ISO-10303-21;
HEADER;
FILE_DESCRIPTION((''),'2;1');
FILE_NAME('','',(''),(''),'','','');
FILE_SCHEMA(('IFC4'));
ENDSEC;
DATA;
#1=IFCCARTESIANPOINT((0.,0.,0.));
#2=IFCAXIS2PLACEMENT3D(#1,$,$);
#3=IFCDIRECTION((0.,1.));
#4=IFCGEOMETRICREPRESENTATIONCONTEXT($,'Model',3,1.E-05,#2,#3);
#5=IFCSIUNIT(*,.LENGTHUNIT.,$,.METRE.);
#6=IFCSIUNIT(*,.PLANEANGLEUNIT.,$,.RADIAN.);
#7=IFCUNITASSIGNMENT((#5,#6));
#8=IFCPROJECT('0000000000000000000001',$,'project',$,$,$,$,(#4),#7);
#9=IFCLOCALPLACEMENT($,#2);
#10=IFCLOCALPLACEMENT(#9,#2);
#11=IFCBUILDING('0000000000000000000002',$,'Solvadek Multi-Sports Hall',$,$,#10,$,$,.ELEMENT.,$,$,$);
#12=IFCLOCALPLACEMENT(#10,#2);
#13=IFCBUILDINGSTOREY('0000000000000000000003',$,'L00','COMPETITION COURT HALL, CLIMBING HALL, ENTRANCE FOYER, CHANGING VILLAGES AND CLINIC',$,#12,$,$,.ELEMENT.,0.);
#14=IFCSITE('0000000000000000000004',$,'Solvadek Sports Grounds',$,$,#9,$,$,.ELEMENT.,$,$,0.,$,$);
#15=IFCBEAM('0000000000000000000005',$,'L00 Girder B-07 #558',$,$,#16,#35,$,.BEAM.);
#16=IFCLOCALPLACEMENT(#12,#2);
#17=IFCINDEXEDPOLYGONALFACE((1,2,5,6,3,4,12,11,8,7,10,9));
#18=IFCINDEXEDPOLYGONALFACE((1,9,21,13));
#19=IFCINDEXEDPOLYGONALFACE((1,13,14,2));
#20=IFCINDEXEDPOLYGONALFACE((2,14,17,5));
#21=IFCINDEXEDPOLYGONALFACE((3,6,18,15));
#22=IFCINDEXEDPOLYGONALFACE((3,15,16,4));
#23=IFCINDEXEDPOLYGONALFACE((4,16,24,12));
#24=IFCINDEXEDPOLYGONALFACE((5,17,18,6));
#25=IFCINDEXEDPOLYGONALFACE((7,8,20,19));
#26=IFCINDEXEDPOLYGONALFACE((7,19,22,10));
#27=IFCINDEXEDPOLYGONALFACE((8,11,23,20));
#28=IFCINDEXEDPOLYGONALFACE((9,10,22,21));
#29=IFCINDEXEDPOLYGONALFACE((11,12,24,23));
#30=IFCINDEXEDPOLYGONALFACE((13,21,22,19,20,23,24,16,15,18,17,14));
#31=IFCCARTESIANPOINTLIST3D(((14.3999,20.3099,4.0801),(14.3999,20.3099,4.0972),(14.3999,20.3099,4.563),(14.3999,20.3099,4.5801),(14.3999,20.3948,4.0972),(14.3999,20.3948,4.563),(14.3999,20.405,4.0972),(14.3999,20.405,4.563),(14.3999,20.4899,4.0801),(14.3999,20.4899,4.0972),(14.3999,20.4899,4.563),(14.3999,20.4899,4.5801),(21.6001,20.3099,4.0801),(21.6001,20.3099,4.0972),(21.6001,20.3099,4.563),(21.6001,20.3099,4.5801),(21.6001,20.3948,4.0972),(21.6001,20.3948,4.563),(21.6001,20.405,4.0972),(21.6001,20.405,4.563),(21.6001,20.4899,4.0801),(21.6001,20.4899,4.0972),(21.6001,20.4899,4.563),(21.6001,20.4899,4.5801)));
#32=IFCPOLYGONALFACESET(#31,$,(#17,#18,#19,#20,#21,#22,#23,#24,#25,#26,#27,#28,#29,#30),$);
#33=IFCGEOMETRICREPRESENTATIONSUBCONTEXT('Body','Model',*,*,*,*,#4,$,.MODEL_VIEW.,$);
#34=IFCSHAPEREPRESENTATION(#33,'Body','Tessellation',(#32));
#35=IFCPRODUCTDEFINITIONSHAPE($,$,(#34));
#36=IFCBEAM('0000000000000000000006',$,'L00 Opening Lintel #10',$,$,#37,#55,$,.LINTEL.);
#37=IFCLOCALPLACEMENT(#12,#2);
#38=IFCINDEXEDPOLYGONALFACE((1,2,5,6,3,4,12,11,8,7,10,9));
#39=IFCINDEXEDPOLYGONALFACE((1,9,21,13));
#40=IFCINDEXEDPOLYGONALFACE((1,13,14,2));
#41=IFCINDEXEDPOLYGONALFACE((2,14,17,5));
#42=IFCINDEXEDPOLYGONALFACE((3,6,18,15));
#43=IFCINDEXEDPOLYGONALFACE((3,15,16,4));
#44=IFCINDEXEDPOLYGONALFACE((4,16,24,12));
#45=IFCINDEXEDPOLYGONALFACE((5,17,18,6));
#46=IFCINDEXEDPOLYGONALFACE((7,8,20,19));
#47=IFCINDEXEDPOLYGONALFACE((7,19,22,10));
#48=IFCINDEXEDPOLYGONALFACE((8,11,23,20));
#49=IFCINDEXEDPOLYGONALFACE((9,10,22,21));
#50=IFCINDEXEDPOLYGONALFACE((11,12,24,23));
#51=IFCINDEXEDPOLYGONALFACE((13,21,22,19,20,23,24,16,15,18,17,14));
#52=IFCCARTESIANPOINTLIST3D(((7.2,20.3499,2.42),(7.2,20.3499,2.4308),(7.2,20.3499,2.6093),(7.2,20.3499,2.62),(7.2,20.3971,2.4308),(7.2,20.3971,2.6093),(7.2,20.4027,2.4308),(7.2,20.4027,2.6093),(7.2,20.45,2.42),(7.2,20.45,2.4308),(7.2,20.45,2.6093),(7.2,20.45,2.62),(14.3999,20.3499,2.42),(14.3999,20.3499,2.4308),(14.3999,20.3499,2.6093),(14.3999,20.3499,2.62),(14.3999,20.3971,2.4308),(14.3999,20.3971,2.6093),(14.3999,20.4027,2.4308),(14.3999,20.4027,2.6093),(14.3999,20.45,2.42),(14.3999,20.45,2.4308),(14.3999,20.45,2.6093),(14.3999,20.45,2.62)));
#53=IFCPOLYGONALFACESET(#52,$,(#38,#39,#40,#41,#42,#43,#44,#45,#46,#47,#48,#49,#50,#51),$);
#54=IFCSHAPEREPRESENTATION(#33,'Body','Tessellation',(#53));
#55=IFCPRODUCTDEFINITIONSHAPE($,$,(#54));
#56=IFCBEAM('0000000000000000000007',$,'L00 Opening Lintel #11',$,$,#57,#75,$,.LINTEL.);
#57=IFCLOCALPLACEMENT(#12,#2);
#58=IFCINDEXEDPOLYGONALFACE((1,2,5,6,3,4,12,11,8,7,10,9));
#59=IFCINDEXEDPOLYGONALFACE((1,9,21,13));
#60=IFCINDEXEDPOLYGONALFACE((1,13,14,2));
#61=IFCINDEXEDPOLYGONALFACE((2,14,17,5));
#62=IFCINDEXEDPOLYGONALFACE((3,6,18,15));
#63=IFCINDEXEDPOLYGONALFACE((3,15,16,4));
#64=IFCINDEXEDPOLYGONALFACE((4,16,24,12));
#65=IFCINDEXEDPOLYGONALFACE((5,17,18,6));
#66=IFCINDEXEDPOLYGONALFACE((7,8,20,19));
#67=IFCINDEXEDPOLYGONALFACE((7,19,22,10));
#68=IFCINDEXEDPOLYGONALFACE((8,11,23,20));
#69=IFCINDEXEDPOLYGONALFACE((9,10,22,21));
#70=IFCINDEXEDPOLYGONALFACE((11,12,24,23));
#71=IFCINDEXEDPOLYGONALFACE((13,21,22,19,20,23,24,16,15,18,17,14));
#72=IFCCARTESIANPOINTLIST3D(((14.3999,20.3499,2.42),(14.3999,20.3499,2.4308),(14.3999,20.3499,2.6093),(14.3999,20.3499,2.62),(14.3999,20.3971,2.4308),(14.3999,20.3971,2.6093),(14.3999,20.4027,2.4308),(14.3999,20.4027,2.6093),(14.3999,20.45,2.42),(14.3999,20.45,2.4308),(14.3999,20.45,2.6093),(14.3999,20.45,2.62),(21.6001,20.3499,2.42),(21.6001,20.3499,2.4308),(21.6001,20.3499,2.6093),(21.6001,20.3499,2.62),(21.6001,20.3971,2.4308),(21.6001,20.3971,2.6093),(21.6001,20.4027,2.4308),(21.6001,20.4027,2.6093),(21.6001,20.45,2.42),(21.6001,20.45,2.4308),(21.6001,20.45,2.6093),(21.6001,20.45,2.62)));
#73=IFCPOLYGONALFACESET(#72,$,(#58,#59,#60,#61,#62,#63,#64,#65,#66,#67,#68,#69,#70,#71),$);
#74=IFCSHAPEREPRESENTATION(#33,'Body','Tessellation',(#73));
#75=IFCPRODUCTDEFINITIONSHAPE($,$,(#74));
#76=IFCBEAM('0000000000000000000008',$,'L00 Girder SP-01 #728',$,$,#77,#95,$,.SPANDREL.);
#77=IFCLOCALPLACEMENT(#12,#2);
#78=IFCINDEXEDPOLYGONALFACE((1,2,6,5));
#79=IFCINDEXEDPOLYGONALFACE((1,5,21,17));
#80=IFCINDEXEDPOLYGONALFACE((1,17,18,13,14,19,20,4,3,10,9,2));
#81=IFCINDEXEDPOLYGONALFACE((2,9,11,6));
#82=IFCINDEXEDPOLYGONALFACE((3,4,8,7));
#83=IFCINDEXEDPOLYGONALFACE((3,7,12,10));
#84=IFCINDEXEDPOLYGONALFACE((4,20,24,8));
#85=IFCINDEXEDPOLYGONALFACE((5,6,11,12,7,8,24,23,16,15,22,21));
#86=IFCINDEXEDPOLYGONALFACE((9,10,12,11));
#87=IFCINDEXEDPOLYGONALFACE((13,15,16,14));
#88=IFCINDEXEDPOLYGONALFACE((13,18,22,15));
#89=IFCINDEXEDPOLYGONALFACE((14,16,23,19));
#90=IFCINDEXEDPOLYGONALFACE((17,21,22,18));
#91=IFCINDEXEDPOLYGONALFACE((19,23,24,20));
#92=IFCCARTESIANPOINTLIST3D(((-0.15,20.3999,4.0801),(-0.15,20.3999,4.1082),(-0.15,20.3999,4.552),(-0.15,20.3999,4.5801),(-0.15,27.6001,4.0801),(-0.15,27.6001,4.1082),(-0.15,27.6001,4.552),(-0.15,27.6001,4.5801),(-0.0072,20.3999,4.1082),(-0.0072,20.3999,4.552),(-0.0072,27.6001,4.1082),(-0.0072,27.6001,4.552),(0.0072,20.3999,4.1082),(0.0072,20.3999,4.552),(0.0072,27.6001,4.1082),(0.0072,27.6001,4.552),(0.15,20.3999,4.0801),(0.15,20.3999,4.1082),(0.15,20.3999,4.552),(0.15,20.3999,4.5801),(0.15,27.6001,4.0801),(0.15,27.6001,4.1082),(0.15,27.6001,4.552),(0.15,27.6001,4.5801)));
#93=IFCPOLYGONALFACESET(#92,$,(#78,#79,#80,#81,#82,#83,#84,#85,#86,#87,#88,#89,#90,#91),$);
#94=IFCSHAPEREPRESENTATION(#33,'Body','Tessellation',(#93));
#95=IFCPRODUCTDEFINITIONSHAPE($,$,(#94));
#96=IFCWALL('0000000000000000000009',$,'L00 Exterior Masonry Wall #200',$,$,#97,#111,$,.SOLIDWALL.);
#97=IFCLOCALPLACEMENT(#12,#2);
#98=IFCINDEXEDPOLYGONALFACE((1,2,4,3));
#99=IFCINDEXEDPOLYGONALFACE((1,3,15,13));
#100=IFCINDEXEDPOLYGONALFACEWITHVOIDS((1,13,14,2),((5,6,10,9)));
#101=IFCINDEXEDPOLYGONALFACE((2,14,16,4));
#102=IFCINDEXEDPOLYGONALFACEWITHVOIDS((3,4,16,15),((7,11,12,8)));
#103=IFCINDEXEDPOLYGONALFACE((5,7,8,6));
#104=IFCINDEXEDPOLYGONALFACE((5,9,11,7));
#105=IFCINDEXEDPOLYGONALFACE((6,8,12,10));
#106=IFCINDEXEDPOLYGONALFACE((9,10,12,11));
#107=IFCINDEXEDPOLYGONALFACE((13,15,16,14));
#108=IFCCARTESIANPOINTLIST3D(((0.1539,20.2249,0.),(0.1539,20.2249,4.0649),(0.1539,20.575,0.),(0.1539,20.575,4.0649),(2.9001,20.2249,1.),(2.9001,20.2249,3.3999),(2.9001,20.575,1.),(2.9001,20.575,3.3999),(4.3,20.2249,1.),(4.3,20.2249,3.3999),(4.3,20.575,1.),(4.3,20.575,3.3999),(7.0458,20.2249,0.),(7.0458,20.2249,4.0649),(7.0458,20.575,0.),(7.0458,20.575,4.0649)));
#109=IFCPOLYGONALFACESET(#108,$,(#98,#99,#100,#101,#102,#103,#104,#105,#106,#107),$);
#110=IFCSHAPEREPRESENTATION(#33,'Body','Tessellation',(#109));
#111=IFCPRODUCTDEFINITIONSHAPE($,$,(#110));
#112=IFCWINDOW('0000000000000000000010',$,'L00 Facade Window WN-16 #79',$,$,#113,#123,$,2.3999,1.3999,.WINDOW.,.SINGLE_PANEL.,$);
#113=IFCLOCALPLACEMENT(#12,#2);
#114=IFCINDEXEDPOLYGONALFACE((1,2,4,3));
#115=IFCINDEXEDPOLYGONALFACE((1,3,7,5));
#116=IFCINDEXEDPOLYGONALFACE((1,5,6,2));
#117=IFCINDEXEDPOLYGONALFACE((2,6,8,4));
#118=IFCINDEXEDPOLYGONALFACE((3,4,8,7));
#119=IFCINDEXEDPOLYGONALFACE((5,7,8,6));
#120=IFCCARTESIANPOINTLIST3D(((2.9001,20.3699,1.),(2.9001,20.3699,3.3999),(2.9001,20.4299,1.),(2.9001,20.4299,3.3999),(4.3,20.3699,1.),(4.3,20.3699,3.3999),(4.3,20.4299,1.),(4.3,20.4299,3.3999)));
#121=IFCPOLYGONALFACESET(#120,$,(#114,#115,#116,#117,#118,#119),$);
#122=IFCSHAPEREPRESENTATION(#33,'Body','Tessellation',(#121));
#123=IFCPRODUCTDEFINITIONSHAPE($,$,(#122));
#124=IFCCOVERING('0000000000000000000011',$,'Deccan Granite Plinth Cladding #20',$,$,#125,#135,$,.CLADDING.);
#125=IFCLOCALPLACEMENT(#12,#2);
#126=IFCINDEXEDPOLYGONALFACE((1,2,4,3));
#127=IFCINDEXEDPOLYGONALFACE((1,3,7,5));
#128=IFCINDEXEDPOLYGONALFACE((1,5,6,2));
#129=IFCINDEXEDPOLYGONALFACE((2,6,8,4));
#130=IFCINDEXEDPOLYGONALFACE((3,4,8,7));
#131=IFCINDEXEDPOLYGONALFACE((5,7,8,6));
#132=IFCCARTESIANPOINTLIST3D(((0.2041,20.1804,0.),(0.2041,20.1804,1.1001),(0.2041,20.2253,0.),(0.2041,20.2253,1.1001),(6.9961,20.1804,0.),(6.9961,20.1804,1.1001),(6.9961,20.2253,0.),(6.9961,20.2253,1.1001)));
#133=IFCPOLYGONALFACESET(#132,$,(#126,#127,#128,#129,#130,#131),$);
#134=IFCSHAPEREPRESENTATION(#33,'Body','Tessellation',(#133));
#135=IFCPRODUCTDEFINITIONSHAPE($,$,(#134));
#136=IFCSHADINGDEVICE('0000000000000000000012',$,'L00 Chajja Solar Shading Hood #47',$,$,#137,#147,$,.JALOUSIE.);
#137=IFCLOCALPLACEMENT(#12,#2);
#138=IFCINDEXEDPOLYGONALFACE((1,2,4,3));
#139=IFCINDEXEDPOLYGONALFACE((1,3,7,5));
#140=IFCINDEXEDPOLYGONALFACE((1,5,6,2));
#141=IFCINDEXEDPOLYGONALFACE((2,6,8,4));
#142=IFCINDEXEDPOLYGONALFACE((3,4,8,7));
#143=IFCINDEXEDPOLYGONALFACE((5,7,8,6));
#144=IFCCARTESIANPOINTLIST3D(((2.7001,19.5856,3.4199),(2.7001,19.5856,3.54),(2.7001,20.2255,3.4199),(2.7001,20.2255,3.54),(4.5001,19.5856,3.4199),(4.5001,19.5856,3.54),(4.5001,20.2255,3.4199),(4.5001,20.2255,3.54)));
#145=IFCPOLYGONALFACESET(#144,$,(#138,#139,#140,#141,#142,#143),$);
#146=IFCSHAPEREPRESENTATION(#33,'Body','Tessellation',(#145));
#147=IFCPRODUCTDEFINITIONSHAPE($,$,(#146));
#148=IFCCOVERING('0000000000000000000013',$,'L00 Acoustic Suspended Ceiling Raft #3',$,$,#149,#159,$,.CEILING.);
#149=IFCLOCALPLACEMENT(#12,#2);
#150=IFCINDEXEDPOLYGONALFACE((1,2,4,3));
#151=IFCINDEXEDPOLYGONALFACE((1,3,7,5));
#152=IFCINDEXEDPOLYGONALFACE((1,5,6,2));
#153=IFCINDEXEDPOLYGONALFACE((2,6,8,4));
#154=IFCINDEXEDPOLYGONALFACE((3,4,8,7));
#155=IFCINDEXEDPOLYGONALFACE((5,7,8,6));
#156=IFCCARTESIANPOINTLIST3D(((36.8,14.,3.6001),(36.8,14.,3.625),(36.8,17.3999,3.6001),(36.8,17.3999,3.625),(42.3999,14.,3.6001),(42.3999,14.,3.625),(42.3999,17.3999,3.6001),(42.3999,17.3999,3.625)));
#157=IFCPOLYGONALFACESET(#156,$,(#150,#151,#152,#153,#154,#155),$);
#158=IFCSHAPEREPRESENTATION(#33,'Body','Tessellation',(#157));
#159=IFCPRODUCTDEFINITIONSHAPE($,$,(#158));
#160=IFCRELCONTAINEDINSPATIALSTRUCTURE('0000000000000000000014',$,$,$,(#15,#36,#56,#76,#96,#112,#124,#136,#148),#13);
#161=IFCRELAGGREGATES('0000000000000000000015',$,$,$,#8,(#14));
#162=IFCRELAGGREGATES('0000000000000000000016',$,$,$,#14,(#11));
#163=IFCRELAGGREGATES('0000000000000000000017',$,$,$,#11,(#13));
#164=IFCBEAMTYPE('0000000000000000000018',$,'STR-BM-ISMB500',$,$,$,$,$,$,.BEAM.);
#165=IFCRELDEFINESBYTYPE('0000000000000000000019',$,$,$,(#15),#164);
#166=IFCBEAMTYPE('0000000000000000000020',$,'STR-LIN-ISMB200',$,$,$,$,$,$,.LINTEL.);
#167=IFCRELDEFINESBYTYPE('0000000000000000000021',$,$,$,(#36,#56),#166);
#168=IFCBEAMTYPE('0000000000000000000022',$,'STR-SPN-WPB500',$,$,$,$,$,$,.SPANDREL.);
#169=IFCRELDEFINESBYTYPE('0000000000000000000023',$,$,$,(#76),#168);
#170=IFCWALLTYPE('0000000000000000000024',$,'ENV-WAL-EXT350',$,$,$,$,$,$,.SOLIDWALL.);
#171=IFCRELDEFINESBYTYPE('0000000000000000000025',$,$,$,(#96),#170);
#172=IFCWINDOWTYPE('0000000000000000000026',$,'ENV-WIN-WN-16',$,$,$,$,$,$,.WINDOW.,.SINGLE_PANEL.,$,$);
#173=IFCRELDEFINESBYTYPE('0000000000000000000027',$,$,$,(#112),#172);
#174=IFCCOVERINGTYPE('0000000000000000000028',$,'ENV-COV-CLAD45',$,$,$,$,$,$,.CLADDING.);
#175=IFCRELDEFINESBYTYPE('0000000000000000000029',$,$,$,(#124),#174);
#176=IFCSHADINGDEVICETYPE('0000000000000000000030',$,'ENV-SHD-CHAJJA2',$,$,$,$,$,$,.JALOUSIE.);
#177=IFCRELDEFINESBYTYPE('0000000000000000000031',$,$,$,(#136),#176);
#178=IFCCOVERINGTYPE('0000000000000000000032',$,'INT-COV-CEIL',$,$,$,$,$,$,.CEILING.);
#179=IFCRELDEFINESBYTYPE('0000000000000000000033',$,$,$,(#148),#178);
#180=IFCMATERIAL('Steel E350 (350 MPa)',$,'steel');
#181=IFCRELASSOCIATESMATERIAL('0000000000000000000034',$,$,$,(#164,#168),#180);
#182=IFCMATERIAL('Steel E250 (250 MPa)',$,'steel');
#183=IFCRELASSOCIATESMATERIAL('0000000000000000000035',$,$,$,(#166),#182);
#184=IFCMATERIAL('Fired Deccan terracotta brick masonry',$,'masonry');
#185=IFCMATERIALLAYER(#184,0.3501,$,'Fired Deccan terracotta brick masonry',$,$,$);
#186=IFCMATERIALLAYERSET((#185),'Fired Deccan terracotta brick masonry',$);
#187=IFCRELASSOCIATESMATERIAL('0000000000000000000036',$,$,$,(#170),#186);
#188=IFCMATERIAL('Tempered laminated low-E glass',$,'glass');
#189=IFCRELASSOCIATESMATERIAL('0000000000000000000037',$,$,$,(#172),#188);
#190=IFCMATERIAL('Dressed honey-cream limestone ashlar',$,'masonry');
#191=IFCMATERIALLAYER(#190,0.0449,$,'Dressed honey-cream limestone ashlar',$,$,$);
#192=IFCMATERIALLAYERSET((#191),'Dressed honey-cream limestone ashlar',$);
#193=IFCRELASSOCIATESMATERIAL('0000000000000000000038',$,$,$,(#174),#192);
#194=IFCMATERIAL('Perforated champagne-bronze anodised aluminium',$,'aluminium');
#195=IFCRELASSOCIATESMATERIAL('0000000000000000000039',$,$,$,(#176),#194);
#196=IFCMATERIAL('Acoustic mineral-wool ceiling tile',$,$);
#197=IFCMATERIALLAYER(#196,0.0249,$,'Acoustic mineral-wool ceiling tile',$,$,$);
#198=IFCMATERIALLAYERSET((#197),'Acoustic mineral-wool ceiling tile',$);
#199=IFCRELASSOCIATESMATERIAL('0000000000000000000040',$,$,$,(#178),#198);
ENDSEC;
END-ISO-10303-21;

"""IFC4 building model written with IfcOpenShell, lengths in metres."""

from ifc_helpers import new_model, si_unit, direction, frame, frame_2d, origin, origin_2d, place, context, subcontext, project, spatial, polyline, rectangle, i_section, outline, extrude, material, layer, layer_set, material_profile, profile_set, type_object, element, fill, save


model = new_model("IFC4")

# Units and contexts
model_context = context("Model", 3, precision=1e-05, world=origin(), true_north=direction((0.0, 1.0)))
body_context = subcontext(model_context, "Body", "Model", "MODEL_VIEW")
ifc_project = project(units=[si_unit("LENGTHUNIT", "METRE"), si_unit("PLANEANGLEUNIT", "RADIAN")], contexts=[model_context])

# Site, building, storey
site_placement = place(None, origin())
site = spatial("IfcSite", under=ifc_project, at=site_placement, Name="Solvadek Sports Grounds", CompositionType="ELEMENT", RefElevation=0.0)
building_placement = place(site_placement, origin())
building = spatial("IfcBuilding", under=site, at=building_placement, Name="Solvadek Multi-Sports Hall", CompositionType="ELEMENT")
storey_placement = place(building_placement, origin())
storey = spatial("IfcBuildingStorey", under=building, at=storey_placement, Name="L00", Description="COMPETITION COURT HALL, CLIMBING HALL, ENTRANCE FOYER, CHANGING VILLAGES AND CLINIC", CompositionType="ELEMENT", Elevation=0.0)

# Shared definitions
ifc_material_1 = material(Name="Steel E350 (350 MPa)", Category="steel")

# Beams
ifc_material_profile_1 = material_profile(ifc_material_1, i_section(OverallWidth=0.1799, OverallDepth=0.5, WebThickness=0.0103, FlangeThickness=0.0171, at=origin_2d()), Name="ISMB 500")
ifc_profile_set_1 = profile_set([ifc_material_profile_1], Name="Steel E350 (350 MPa)")
beam_type_1 = type_object("IfcBeamType", Name="STR-BM-ISMB500", PredefinedType="BEAM", material=ifc_profile_set_1)
beam_1_placement = place(storey_placement, frame((14.3999, 20.3999, 4.3301), z_axis=(1.0, 0.0, 0.0), x_axis=(0.0, 1.0, 0.0)))
element("IfcBeam", 1, at=beam_1_placement, inside=storey, type_object=beam_type_1, Name="L00 Girder B-07 #558", PredefinedType="BEAM", context=body_context, shape_type="SweptSolid", body=[
    extrude(i_section(OverallWidth=0.1799, OverallDepth=0.5, WebThickness=0.0103, FlangeThickness=0.0171, at=origin_2d()), origin(), (0.0, 0.0, 1.0), 7.2002),
])
ifc_material_2 = material(Name="Steel E250 (250 MPa)", Category="steel")
ifc_material_profile_2 = material_profile(ifc_material_2, i_section(OverallWidth=0.1001, OverallDepth=0.2, WebThickness=0.0056, FlangeThickness=0.0107, at=origin_2d()), Name="ISMB 200")
ifc_profile_set_2 = profile_set([ifc_material_profile_2], Name="Steel E250 (250 MPa)")
beam_type_2 = type_object("IfcBeamType", Name="STR-LIN-ISMB200", PredefinedType="LINTEL", material=ifc_profile_set_2)
beam_2_placement = place(storey_placement, frame((7.2, 20.3999, 2.52), z_axis=(1.0, 0.0, 0.0), x_axis=(0.0, 1.0, 0.0)))
element("IfcBeam", 2, at=beam_2_placement, inside=storey, type_object=beam_type_2, Name="L00 Opening Lintel #10", PredefinedType="LINTEL", context=body_context, shape_type="SweptSolid", body=[
    extrude(i_section(OverallWidth=0.1001, OverallDepth=0.2, WebThickness=0.0056, FlangeThickness=0.0107, at=origin_2d()), origin(), (0.0, 0.0, 1.0), 7.2),
])
beam_3_placement = place(storey_placement, frame((14.3999, 20.3999, 2.52), z_axis=(1.0, 0.0, 0.0), x_axis=(0.0, 1.0, 0.0)))
element("IfcBeam", 3, at=beam_3_placement, inside=storey, type_object=beam_type_2, Name="L00 Opening Lintel #11", PredefinedType="LINTEL", context=body_context, shape_type="SweptSolid", body=[
    extrude(i_section(OverallWidth=0.1001, OverallDepth=0.2, WebThickness=0.0056, FlangeThickness=0.0107, at=origin_2d()), origin(), (0.0, 0.0, 1.0), 7.2002),
])
ifc_material_profile_3 = material_profile(ifc_material_1, i_section(OverallWidth=0.3, OverallDepth=0.5, WebThickness=0.0144, FlangeThickness=0.0281, at=origin_2d()), Name="WPB 500")
ifc_profile_set_3 = profile_set([ifc_material_profile_3], Name="Steel E350 (350 MPa)")
beam_type_3 = type_object("IfcBeamType", Name="STR-SPN-WPB500", PredefinedType="SPANDREL", material=ifc_profile_set_3)
beam_4_placement = place(storey_placement, frame((0.0, 20.3999, 4.3301), z_axis=(0.0, 1.0, 0.0), x_axis=(-1.0, 0.0, 0.0)))
element("IfcBeam", 4, at=beam_4_placement, inside=storey, type_object=beam_type_3, Name="L00 Girder SP-01 #728", PredefinedType="SPANDREL", context=body_context, shape_type="SweptSolid", body=[
    extrude(i_section(OverallWidth=0.3, OverallDepth=0.5, WebThickness=0.0144, FlangeThickness=0.0281, at=origin_2d()), origin(), (0.0, 0.0, 1.0), 7.2002),
])

# Wall, opening, window
ifc_material_3 = material(Name="Fired Deccan terracotta brick masonry", Category="masonry")
ifc_layer_1 = layer(ifc_material_3, 0.3501, Name="Fired Deccan terracotta brick masonry")
ifc_layer_set_1 = layer_set([ifc_layer_1], Name="Fired Deccan terracotta brick masonry")
wall_type = type_object("IfcWallType", Name="ENV-WAL-EXT350", PredefinedType="SOLIDWALL", material=ifc_layer_set_1)
wall_1_placement = place(storey_placement, frame((0.1541, 20.3999, 0.0), z_axis=(0.0, 0.0, 1.0), x_axis=(1.0, 0.0, 0.0)))
wall_1 = element("IfcWall", 5, at=wall_1_placement, inside=storey, type_object=wall_type, Name="L00 Exterior Masonry Wall #200", PredefinedType="SOLIDWALL", context=body_context, shape_type="SweptSolid", body=[
    extrude(rectangle(XDim=6.8918, YDim=0.3501, at=frame_2d((3.4458, 0.0))), origin(), (0.0, 0.0, 1.0), 4.0649),
])
opening_1_placement = place(wall_1_placement, frame((2.7461, 0.0, 1.0)))
opening_1 = element("IfcOpeningElement", 6, at=opening_1_placement, cuts=wall_1, PredefinedType="OPENING", context=body_context, shape_type="SweptSolid", body=[
    extrude(rectangle(XDim=1.3999, YDim=2.3999, at=frame_2d((0.7, 1.2))), frame((0.0, 0.1851, 0.0), z_axis=(0.0, -1.0, 0.0), x_axis=(1.0, 0.0, 0.0)), (0.0, 0.0, 1.0), 0.3701),
])
ifc_material_4 = material(Name="Tempered laminated low-E glass", Category="glass")
window_type = type_object("IfcWindowType", Name="ENV-WIN-WN-16", PartitioningType="SINGLE_PANEL", PredefinedType="WINDOW", material=ifc_material_4)
window_placement = place(opening_1_placement, origin())
window = element("IfcWindow", 7, at=window_placement, inside=storey, type_object=window_type, Name="L00 Facade Window WN-16 #79", OverallHeight=2.3999, OverallWidth=1.3999, PartitioningType="SINGLE_PANEL", PredefinedType="WINDOW", context=body_context, shape_type="SweptSolid", body=[
    extrude(rectangle(XDim=1.3999, YDim=2.3999, at=frame_2d((0.7, 1.2))), frame((0.0, 0.03, 0.0), z_axis=(0.0, -1.0, 0.0), x_axis=(1.0, 0.0, 0.0)), (0.0, 0.0, 1.0), 0.0601),
])
fill(opening_1, window)

# Covering
ifc_material_5 = material(Name="Dressed honey-cream limestone ashlar", Category="masonry")
ifc_layer_2 = layer(ifc_material_5, 0.0449, Name="Dressed honey-cream limestone ashlar")
ifc_layer_set_2 = layer_set([ifc_layer_2], Name="Dressed honey-cream limestone ashlar")
covering_type_1 = type_object("IfcCoveringType", Name="ENV-COV-CLAD45", PredefinedType="CLADDING", material=ifc_layer_set_2)
covering_1_placement = place(storey_placement, frame((3.6001, 20.2029, 0.0), z_axis=(0.0, 0.0, 1.0), x_axis=(1.0, 0.0, 0.0)))
element("IfcCovering", 8, at=covering_1_placement, inside=storey, type_object=covering_type_1, Name="Deccan Granite Plinth Cladding #20", PredefinedType="CLADDING", context=body_context, shape_type="SweptSolid", body=[
    extrude(rectangle(XDim=6.792, YDim=0.0449, at=origin_2d()), origin(), (0.0, 0.0, 1.0), 1.1001),
])

# Shading device
ifc_material_6 = material(Name="Perforated champagne-bronze anodised aluminium", Category="aluminium")
shading_device_type = type_object("IfcShadingDeviceType", Name="ENV-SHD-CHAJJA2", PredefinedType="JALOUSIE", material=ifc_material_6)
shading_device_placement = place(storey_placement, frame((3.6001, 19.9055, 3.4199), z_axis=(0.0, 0.0, 1.0), x_axis=(1.0, 0.0, 0.0)))
element("IfcShadingDevice", 9, at=shading_device_placement, inside=storey, type_object=shading_device_type, Name="L00 Chajja Solar Shading Hood #47", PredefinedType="JALOUSIE", context=body_context, shape_type="SweptSolid", body=[
    extrude(rectangle(XDim=1.8, YDim=0.6399, at=origin_2d()), origin(), (0.0, 0.0, 1.0), 0.1201),
])

# Covering
ifc_material_7 = material(Name="Acoustic mineral-wool ceiling tile")
ifc_layer_3 = layer(ifc_material_7, 0.0249, Name="Acoustic mineral-wool ceiling tile")
ifc_layer_set_3 = layer_set([ifc_layer_3], Name="Acoustic mineral-wool ceiling tile")
covering_type_2 = type_object("IfcCoveringType", Name="INT-COV-CEIL", PredefinedType="CEILING", material=ifc_layer_set_3)
covering_2_placement = place(storey_placement, frame((0.0, 0.0, 3.6001)))
element("IfcCovering", 10, at=covering_2_placement, inside=storey, type_object=covering_type_2, Name="L00 Acoustic Suspended Ceiling Raft #3", PredefinedType="CEILING", context=body_context, shape_type="SweptSolid", body=[
    extrude(outline(polyline([(36.8, 14.0), (42.3999, 14.0), (42.3999, 17.3999), (36.8, 17.3999), (36.8, 14.0)])), origin(), (0.0, 0.0, 1.0), 0.0249),
])

save(model, "model.ifc")
